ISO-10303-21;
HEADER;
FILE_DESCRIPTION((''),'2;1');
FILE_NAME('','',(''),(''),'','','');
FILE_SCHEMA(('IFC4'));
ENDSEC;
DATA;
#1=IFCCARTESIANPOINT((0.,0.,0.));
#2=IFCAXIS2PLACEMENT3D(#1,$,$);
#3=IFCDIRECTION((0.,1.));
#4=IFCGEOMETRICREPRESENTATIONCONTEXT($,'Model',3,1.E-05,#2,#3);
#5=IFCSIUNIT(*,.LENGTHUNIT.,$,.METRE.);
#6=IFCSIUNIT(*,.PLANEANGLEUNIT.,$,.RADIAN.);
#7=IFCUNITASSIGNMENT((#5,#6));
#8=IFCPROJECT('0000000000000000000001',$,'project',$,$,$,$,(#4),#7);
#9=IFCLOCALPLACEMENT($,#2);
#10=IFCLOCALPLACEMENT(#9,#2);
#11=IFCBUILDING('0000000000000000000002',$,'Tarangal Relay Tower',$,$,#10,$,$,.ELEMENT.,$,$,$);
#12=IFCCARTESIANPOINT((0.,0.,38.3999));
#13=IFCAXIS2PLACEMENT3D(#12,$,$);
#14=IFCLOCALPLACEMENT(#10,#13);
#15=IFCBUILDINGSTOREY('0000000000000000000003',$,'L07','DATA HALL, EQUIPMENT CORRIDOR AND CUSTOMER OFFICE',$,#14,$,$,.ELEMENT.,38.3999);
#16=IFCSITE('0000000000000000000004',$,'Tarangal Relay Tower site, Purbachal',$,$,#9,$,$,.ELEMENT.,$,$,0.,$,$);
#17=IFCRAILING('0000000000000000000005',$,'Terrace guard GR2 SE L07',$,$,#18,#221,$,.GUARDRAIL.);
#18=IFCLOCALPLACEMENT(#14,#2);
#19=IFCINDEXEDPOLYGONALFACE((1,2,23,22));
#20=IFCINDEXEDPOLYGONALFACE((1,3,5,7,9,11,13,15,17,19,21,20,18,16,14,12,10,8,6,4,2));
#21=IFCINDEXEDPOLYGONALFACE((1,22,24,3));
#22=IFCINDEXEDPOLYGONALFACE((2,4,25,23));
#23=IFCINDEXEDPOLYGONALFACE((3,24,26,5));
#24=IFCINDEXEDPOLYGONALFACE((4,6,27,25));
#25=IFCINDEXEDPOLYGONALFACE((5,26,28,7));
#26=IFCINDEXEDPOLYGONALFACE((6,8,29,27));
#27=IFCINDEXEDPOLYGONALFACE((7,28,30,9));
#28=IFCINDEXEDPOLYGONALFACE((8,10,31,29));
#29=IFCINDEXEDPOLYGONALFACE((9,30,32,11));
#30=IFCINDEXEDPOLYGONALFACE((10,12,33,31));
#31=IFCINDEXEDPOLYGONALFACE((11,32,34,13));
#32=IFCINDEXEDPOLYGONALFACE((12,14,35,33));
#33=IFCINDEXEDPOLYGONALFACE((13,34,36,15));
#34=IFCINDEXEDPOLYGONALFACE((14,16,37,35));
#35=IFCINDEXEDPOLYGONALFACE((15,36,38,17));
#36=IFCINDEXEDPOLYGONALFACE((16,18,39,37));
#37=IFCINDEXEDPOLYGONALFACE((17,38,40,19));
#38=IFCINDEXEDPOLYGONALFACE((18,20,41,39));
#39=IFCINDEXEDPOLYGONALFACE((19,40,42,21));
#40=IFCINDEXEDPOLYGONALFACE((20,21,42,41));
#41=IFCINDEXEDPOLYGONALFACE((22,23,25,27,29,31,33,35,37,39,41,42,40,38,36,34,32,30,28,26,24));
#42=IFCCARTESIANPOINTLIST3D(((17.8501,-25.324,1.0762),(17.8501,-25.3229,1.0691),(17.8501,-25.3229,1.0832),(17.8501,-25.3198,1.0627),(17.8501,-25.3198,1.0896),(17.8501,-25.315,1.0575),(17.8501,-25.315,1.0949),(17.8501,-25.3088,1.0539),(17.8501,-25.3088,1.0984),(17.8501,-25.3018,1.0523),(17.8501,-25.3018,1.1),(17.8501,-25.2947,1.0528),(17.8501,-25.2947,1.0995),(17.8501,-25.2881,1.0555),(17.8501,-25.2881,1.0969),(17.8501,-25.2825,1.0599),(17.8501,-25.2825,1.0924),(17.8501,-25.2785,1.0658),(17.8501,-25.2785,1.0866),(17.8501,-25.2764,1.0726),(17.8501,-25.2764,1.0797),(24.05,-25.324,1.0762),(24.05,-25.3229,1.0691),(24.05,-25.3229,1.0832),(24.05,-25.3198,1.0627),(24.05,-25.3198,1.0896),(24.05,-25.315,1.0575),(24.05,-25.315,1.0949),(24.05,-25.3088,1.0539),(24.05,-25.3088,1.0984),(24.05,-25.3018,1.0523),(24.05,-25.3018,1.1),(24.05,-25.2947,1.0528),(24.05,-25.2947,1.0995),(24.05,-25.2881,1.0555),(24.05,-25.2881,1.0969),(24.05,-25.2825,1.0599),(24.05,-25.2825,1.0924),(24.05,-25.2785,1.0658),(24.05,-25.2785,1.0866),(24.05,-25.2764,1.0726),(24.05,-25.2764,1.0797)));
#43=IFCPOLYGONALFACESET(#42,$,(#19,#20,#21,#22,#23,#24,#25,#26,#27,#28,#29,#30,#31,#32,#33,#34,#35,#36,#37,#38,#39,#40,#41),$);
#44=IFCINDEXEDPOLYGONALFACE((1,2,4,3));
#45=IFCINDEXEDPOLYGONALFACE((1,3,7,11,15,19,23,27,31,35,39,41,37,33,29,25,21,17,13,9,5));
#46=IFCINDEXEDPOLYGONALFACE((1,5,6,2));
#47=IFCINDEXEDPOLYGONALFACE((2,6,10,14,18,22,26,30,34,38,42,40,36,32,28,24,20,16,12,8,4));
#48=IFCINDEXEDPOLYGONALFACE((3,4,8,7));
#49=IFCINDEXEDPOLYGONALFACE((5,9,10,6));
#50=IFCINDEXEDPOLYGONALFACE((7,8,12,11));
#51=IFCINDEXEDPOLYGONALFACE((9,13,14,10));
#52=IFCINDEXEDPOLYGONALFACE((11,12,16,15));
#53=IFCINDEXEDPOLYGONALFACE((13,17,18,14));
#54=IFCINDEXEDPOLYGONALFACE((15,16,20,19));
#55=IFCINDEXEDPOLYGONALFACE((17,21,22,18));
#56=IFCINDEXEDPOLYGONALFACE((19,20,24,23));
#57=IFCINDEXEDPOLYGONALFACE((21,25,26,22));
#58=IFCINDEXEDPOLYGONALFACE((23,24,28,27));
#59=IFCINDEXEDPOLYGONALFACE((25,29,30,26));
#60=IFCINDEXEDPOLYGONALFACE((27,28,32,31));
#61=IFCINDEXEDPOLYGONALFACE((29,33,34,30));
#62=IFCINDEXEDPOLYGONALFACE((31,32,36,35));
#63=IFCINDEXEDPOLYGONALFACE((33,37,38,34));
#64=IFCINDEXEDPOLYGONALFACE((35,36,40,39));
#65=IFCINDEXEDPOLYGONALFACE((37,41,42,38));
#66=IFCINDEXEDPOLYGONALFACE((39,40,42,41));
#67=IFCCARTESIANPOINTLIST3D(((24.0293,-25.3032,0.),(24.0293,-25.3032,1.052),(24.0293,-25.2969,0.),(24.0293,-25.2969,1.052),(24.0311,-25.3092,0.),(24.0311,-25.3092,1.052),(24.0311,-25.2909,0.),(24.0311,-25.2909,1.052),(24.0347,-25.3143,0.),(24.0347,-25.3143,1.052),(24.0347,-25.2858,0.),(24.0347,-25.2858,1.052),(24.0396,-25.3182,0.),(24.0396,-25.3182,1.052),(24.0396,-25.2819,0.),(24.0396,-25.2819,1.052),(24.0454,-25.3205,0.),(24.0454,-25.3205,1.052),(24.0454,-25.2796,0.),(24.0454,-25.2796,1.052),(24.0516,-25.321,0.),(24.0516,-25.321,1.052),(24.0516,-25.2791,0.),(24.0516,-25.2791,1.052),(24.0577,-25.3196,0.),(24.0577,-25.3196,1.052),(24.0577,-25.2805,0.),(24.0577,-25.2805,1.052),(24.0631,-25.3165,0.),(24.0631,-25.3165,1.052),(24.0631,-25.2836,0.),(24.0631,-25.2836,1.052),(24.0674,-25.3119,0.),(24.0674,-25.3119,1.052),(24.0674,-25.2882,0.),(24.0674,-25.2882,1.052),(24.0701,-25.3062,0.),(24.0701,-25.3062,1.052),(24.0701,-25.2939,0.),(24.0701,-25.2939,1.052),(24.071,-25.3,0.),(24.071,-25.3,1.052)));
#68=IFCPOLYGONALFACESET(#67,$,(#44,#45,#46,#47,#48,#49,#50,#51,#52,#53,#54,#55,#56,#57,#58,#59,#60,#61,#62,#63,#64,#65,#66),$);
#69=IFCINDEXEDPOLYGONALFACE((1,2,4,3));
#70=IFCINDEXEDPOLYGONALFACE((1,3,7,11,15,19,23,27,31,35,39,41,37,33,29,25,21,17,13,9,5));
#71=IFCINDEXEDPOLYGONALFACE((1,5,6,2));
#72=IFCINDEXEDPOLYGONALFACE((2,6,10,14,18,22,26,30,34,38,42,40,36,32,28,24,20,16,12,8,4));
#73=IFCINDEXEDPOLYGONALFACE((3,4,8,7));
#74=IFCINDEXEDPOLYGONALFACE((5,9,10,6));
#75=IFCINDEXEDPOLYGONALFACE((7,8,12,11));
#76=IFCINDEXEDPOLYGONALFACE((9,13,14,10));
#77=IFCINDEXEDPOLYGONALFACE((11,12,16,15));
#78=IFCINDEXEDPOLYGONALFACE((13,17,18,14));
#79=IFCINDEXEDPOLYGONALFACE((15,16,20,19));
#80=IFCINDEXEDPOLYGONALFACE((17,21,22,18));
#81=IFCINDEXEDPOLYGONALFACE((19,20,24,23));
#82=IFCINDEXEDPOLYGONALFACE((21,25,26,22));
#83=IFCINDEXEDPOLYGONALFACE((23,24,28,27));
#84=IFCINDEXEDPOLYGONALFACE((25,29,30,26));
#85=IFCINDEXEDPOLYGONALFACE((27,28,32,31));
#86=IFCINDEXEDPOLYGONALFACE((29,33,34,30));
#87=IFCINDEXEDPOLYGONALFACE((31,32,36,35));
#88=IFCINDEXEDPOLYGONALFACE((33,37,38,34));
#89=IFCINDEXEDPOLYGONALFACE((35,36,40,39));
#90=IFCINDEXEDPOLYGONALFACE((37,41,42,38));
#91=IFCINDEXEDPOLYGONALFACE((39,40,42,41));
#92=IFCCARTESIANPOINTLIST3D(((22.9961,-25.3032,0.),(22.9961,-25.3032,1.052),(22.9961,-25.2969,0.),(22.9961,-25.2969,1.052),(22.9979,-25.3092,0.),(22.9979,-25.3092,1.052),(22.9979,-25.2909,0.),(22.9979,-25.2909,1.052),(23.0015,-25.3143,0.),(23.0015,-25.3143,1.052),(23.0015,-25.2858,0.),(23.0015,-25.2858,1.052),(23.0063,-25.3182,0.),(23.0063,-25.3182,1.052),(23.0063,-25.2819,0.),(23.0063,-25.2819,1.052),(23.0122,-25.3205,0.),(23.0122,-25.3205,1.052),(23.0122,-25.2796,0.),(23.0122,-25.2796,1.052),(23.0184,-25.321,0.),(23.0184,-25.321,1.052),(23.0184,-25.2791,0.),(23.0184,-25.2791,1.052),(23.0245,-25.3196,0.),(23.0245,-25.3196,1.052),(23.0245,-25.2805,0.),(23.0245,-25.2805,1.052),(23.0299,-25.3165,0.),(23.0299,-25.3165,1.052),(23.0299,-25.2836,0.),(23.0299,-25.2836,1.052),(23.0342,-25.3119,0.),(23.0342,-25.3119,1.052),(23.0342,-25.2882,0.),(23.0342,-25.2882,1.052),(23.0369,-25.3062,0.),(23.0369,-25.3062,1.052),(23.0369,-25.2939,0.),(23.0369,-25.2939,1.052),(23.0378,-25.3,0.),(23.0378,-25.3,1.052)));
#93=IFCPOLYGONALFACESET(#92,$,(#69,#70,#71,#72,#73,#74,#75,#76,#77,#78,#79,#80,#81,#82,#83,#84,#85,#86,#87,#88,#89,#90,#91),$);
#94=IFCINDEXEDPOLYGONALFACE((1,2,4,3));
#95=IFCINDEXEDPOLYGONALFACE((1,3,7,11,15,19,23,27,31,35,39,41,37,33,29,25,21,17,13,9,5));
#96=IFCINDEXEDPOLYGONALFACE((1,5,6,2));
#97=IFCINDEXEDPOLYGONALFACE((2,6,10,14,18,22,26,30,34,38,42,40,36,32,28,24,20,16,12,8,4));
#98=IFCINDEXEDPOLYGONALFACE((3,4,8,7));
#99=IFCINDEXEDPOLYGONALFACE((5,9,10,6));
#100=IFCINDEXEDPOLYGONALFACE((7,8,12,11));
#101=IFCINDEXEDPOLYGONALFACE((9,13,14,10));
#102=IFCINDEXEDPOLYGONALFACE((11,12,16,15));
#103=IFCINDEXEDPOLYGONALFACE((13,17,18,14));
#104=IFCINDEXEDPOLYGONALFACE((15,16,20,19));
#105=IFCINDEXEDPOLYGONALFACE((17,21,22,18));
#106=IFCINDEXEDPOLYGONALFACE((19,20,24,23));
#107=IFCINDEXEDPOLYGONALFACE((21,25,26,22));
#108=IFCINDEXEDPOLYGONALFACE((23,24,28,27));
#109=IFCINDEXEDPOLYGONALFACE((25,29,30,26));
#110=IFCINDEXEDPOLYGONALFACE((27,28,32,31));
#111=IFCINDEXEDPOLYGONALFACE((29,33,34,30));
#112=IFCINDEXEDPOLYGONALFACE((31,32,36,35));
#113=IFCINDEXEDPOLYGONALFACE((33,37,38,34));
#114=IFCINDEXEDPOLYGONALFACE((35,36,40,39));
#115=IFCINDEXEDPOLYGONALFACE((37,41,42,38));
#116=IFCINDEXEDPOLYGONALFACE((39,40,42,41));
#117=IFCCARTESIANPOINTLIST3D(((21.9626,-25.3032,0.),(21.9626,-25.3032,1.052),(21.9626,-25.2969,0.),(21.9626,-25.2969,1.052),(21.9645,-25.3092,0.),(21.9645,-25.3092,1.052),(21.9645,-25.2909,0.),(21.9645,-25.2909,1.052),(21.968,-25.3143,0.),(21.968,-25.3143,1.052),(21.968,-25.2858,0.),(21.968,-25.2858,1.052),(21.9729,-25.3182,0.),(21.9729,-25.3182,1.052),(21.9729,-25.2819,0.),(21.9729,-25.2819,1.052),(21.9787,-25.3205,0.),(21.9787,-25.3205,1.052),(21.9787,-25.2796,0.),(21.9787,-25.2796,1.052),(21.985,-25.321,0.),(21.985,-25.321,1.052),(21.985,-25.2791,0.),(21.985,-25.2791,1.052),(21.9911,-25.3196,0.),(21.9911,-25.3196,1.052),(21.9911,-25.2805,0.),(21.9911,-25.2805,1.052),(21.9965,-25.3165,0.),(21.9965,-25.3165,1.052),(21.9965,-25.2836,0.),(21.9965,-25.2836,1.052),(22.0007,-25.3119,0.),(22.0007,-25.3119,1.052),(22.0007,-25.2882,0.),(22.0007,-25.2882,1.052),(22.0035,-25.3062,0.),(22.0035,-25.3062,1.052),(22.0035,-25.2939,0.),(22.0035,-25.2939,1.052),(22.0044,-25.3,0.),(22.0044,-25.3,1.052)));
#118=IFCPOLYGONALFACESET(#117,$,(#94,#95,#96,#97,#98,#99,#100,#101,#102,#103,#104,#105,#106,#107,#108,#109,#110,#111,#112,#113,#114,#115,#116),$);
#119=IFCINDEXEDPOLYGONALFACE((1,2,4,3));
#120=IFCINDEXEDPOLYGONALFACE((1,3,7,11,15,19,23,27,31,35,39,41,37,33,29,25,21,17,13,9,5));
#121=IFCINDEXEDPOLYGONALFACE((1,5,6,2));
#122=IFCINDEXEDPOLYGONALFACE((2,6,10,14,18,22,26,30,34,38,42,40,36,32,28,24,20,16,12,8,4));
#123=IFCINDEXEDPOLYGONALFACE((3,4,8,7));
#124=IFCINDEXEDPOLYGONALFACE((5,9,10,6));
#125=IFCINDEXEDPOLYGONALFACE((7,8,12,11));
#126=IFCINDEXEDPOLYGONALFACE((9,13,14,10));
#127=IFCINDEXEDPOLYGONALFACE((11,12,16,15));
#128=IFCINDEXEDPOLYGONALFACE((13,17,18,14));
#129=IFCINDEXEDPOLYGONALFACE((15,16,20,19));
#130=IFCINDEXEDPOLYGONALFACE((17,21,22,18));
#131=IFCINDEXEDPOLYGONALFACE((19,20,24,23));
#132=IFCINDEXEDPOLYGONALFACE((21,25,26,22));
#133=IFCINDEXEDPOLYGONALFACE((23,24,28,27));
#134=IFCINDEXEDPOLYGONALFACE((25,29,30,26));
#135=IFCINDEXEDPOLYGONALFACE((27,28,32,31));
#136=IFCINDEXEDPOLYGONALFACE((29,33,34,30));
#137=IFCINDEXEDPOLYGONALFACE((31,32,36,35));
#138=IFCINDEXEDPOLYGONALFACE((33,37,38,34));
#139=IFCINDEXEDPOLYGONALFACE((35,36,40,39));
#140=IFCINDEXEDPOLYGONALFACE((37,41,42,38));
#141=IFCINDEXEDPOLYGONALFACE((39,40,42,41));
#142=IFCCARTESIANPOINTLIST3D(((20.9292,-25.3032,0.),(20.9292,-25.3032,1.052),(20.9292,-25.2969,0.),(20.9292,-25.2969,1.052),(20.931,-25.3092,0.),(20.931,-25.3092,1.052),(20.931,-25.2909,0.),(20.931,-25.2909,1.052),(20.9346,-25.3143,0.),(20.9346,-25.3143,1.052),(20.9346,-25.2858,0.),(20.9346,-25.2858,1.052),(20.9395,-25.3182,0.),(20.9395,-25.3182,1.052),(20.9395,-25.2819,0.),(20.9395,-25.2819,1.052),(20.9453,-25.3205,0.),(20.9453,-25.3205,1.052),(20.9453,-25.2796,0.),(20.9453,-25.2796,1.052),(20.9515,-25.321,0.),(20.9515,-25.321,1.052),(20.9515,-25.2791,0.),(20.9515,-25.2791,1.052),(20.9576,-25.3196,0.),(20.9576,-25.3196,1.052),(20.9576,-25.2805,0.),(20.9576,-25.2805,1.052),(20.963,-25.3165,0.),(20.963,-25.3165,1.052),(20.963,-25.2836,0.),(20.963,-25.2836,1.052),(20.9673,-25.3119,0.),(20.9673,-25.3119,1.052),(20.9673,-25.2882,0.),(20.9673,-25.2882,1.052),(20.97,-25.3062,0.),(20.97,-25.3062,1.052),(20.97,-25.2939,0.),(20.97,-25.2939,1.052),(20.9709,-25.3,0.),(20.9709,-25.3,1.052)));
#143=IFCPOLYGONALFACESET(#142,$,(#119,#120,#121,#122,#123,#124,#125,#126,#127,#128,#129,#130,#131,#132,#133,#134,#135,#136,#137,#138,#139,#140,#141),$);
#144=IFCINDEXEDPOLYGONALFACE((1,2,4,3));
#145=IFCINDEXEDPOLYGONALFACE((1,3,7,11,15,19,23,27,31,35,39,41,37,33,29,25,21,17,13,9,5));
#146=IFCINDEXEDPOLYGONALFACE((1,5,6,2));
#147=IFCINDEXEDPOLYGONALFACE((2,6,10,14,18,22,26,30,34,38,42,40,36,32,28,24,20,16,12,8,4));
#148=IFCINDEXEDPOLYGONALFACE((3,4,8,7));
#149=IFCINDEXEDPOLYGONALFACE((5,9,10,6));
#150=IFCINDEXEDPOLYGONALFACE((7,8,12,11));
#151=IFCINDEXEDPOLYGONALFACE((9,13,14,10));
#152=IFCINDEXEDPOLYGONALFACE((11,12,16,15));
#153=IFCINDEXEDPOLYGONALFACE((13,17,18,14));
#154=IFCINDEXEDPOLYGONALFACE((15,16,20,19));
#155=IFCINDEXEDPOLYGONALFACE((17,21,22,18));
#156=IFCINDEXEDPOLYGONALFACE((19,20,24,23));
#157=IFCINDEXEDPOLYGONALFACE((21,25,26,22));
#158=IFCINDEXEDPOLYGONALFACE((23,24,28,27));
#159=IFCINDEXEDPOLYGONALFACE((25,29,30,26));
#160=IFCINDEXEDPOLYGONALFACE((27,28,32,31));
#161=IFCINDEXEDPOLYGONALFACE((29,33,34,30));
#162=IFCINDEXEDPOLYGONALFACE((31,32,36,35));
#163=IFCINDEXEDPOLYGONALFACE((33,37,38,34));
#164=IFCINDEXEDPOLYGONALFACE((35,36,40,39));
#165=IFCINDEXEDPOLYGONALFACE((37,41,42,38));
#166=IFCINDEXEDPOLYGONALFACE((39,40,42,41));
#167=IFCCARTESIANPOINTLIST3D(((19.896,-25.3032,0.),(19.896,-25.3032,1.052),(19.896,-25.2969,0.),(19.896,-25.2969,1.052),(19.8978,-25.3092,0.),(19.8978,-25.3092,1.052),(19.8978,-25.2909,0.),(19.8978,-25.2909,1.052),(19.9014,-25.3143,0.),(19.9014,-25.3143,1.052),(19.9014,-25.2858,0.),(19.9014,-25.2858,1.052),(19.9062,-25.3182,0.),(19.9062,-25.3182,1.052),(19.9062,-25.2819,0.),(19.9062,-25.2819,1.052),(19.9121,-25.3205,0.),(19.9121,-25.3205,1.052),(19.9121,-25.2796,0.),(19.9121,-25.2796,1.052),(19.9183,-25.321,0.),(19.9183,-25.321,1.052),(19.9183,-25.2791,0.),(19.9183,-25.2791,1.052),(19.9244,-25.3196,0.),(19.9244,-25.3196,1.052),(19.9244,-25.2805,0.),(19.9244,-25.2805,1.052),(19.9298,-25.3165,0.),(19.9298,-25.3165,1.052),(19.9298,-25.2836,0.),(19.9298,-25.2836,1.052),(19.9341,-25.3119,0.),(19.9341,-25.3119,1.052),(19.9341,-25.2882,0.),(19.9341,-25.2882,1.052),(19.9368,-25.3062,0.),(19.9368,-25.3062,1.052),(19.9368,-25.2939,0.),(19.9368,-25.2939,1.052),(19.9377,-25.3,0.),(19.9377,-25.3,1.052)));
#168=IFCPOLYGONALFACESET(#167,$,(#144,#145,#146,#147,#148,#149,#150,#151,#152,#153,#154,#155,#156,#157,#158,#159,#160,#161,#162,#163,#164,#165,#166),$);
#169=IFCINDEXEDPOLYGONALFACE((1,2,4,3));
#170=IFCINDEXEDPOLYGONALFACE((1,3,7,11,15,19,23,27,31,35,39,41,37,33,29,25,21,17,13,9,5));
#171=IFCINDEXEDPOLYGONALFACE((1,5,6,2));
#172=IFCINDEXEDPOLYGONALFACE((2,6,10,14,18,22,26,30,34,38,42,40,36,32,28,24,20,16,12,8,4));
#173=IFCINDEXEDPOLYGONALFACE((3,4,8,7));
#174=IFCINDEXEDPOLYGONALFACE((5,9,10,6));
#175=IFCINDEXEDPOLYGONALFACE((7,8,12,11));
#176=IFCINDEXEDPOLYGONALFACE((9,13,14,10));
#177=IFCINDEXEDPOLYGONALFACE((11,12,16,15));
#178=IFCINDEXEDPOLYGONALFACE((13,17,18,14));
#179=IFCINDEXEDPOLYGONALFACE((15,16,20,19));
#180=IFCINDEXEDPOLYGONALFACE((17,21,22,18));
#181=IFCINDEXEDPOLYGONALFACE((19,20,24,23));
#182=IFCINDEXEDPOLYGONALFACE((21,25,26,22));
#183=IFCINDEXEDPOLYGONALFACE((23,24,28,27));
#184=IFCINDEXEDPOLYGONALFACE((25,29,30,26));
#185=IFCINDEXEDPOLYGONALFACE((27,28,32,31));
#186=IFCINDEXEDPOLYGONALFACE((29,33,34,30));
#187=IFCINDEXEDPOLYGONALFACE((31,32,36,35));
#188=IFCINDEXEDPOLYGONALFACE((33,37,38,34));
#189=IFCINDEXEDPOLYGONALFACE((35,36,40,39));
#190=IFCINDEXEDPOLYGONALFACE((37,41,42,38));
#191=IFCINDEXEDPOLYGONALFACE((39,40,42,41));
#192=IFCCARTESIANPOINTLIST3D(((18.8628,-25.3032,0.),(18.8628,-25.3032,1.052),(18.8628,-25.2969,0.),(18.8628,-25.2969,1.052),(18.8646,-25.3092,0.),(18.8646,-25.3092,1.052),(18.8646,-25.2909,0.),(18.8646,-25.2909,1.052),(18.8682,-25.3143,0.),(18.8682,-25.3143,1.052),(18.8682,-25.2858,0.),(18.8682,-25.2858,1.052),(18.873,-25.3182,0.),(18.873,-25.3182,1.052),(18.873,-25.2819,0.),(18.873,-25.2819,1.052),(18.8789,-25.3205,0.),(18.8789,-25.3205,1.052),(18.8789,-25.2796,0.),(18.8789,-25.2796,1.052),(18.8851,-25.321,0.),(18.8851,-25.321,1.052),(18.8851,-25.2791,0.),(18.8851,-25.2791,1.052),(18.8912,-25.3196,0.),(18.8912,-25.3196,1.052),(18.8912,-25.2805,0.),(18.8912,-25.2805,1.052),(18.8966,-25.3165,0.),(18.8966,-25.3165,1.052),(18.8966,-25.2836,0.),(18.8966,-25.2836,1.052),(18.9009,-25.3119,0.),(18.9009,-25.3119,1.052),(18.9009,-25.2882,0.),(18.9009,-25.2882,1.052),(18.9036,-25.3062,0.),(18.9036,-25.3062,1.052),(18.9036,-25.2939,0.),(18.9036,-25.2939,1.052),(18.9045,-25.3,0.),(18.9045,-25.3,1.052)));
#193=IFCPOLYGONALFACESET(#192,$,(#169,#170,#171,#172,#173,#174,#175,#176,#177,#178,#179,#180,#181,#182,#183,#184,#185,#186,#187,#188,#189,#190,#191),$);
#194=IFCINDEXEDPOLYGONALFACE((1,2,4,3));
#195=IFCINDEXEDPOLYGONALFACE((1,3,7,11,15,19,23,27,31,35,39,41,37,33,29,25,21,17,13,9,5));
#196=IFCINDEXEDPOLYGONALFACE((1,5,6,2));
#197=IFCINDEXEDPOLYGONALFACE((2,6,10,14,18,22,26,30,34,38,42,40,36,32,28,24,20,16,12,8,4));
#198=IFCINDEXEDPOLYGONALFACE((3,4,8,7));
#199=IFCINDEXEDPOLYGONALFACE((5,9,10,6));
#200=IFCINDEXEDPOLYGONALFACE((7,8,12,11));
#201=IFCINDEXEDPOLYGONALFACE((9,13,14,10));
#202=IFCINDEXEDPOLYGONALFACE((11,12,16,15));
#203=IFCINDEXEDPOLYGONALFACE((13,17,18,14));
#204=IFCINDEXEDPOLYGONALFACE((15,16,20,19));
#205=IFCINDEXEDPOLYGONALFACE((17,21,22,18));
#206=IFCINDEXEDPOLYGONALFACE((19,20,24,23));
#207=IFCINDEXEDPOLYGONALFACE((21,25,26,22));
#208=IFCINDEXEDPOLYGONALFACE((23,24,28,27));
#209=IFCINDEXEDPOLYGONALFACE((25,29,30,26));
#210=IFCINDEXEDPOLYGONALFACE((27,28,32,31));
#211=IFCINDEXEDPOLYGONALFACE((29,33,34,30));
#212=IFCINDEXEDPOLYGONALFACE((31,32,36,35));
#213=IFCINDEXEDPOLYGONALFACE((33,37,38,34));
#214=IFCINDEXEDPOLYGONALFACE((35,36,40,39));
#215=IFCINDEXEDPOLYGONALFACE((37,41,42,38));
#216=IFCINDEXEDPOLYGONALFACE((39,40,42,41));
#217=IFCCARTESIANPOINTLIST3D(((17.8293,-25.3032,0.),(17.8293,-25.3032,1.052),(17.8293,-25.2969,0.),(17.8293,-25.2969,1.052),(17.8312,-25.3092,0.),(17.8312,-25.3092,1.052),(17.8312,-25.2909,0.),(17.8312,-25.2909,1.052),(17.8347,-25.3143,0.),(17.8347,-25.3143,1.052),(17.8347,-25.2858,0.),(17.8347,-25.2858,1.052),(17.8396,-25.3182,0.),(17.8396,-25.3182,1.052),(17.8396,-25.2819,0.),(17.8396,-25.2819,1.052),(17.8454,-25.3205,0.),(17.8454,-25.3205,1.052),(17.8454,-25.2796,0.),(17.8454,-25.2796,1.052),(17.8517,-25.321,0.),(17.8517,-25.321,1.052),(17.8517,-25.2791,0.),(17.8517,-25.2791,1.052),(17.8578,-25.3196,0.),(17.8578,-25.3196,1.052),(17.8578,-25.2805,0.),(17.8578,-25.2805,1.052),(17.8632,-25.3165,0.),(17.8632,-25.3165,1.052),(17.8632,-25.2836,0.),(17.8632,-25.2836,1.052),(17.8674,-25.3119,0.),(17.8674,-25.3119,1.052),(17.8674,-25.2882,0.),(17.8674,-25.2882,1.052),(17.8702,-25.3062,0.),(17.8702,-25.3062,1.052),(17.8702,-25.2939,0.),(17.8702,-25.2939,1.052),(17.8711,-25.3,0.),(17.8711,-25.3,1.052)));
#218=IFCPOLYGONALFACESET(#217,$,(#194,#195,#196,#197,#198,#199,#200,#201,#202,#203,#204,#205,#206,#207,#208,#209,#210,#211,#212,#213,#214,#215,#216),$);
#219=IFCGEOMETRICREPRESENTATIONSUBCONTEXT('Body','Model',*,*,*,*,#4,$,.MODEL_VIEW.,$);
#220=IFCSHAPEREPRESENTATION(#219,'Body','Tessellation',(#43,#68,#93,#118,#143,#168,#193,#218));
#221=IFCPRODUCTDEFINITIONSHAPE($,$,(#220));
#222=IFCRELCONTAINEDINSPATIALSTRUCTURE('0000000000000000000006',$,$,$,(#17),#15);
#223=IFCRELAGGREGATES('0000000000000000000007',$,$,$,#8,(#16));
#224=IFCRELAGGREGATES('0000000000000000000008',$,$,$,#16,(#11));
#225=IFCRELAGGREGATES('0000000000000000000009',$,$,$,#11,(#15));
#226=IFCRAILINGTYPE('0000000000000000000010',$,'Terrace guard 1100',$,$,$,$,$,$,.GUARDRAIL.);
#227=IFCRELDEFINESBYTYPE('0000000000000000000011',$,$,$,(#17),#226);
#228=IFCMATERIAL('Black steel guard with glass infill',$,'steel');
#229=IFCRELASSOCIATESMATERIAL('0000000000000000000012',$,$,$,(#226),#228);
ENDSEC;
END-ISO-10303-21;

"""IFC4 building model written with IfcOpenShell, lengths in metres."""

from ifc_helpers import new_model, si_unit, direction, frame, origin, origin_2d, place, context, subcontext, project, spatial, circle, extrude, material, type_object, element, save


model = new_model("IFC4")

# Units and contexts
model_context = context("Model", 3, precision=1e-05, world=origin(), true_north=direction((0.0, 1.0)))
body_context = subcontext(model_context, "Body", "Model", "MODEL_VIEW")
ifc_project = project(units=[si_unit("LENGTHUNIT", "METRE"), si_unit("PLANEANGLEUNIT", "RADIAN")], contexts=[model_context])

# Site, building, storey
site_placement = place(None, origin())
site = spatial("IfcSite", under=ifc_project, at=site_placement, Name="Tarangal Relay Tower site, Purbachal", CompositionType="ELEMENT", RefElevation=0.0)
building_placement = place(site_placement, origin())
building = spatial("IfcBuilding", under=site, at=building_placement, Name="Tarangal Relay Tower", CompositionType="ELEMENT")
storey_placement = place(building_placement, frame((0.0, 0.0, 38.3999)))
storey = spatial("IfcBuildingStorey", under=building, at=storey_placement, Name="L07", Description="DATA HALL, EQUIPMENT CORRIDOR AND CUSTOMER OFFICE", CompositionType="ELEMENT", Elevation=38.3999)

# Railing
ifc_material_1 = material(Name="Black steel guard with glass infill", Category="steel")
railing_type = type_object("IfcRailingType", Name="Terrace guard 1100", PredefinedType="GUARDRAIL", material=ifc_material_1)
railing_1_placement = place(storey_placement, frame((24.05, -25.3, 0.0)))
element("IfcRailing", 1, at=railing_1_placement, inside=storey, type_object=railing_type, Name="Terrace guard GR2 SE L07", PredefinedType="GUARDRAIL", context=body_context, shape_type="SweptSolid", body=[
    extrude(circle(Radius=0.0239, at=origin_2d()), frame((0.0, 0.0, 1.0762), z_axis=(-1.0, 0.0, 0.0), x_axis=(0.0, -1.0, 0.0)), (0.0, 0.0, 1.0), 6.2),
    extrude(circle(Radius=0.021, at=origin_2d()), origin(), (0.0, 0.0, 1.0), 1.052),
    extrude(circle(Radius=0.021, at=origin_2d()), frame((-1.0332, 0.0, 0.0)), (0.0, 0.0, 1.0), 1.052),
    extrude(circle(Radius=0.021, at=origin_2d()), frame((-2.0667, 0.0, 0.0)), (0.0, 0.0, 1.0), 1.052),
    extrude(circle(Radius=0.021, at=origin_2d()), frame((-3.1001, 0.0, 0.0)), (0.0, 0.0, 1.0), 1.052),
    extrude(circle(Radius=0.021, at=origin_2d()), frame((-4.1333, 0.0, 0.0)), (0.0, 0.0, 1.0), 1.052),
    extrude(circle(Radius=0.021, at=origin_2d()), frame((-5.1665, 0.0, 0.0)), (0.0, 0.0, 1.0), 1.052),
    extrude(circle(Radius=0.021, at=origin_2d()), frame((-6.2, 0.0, 0.0)), (0.0, 0.0, 1.0), 1.052),
])

save(model, "model.ifc")
